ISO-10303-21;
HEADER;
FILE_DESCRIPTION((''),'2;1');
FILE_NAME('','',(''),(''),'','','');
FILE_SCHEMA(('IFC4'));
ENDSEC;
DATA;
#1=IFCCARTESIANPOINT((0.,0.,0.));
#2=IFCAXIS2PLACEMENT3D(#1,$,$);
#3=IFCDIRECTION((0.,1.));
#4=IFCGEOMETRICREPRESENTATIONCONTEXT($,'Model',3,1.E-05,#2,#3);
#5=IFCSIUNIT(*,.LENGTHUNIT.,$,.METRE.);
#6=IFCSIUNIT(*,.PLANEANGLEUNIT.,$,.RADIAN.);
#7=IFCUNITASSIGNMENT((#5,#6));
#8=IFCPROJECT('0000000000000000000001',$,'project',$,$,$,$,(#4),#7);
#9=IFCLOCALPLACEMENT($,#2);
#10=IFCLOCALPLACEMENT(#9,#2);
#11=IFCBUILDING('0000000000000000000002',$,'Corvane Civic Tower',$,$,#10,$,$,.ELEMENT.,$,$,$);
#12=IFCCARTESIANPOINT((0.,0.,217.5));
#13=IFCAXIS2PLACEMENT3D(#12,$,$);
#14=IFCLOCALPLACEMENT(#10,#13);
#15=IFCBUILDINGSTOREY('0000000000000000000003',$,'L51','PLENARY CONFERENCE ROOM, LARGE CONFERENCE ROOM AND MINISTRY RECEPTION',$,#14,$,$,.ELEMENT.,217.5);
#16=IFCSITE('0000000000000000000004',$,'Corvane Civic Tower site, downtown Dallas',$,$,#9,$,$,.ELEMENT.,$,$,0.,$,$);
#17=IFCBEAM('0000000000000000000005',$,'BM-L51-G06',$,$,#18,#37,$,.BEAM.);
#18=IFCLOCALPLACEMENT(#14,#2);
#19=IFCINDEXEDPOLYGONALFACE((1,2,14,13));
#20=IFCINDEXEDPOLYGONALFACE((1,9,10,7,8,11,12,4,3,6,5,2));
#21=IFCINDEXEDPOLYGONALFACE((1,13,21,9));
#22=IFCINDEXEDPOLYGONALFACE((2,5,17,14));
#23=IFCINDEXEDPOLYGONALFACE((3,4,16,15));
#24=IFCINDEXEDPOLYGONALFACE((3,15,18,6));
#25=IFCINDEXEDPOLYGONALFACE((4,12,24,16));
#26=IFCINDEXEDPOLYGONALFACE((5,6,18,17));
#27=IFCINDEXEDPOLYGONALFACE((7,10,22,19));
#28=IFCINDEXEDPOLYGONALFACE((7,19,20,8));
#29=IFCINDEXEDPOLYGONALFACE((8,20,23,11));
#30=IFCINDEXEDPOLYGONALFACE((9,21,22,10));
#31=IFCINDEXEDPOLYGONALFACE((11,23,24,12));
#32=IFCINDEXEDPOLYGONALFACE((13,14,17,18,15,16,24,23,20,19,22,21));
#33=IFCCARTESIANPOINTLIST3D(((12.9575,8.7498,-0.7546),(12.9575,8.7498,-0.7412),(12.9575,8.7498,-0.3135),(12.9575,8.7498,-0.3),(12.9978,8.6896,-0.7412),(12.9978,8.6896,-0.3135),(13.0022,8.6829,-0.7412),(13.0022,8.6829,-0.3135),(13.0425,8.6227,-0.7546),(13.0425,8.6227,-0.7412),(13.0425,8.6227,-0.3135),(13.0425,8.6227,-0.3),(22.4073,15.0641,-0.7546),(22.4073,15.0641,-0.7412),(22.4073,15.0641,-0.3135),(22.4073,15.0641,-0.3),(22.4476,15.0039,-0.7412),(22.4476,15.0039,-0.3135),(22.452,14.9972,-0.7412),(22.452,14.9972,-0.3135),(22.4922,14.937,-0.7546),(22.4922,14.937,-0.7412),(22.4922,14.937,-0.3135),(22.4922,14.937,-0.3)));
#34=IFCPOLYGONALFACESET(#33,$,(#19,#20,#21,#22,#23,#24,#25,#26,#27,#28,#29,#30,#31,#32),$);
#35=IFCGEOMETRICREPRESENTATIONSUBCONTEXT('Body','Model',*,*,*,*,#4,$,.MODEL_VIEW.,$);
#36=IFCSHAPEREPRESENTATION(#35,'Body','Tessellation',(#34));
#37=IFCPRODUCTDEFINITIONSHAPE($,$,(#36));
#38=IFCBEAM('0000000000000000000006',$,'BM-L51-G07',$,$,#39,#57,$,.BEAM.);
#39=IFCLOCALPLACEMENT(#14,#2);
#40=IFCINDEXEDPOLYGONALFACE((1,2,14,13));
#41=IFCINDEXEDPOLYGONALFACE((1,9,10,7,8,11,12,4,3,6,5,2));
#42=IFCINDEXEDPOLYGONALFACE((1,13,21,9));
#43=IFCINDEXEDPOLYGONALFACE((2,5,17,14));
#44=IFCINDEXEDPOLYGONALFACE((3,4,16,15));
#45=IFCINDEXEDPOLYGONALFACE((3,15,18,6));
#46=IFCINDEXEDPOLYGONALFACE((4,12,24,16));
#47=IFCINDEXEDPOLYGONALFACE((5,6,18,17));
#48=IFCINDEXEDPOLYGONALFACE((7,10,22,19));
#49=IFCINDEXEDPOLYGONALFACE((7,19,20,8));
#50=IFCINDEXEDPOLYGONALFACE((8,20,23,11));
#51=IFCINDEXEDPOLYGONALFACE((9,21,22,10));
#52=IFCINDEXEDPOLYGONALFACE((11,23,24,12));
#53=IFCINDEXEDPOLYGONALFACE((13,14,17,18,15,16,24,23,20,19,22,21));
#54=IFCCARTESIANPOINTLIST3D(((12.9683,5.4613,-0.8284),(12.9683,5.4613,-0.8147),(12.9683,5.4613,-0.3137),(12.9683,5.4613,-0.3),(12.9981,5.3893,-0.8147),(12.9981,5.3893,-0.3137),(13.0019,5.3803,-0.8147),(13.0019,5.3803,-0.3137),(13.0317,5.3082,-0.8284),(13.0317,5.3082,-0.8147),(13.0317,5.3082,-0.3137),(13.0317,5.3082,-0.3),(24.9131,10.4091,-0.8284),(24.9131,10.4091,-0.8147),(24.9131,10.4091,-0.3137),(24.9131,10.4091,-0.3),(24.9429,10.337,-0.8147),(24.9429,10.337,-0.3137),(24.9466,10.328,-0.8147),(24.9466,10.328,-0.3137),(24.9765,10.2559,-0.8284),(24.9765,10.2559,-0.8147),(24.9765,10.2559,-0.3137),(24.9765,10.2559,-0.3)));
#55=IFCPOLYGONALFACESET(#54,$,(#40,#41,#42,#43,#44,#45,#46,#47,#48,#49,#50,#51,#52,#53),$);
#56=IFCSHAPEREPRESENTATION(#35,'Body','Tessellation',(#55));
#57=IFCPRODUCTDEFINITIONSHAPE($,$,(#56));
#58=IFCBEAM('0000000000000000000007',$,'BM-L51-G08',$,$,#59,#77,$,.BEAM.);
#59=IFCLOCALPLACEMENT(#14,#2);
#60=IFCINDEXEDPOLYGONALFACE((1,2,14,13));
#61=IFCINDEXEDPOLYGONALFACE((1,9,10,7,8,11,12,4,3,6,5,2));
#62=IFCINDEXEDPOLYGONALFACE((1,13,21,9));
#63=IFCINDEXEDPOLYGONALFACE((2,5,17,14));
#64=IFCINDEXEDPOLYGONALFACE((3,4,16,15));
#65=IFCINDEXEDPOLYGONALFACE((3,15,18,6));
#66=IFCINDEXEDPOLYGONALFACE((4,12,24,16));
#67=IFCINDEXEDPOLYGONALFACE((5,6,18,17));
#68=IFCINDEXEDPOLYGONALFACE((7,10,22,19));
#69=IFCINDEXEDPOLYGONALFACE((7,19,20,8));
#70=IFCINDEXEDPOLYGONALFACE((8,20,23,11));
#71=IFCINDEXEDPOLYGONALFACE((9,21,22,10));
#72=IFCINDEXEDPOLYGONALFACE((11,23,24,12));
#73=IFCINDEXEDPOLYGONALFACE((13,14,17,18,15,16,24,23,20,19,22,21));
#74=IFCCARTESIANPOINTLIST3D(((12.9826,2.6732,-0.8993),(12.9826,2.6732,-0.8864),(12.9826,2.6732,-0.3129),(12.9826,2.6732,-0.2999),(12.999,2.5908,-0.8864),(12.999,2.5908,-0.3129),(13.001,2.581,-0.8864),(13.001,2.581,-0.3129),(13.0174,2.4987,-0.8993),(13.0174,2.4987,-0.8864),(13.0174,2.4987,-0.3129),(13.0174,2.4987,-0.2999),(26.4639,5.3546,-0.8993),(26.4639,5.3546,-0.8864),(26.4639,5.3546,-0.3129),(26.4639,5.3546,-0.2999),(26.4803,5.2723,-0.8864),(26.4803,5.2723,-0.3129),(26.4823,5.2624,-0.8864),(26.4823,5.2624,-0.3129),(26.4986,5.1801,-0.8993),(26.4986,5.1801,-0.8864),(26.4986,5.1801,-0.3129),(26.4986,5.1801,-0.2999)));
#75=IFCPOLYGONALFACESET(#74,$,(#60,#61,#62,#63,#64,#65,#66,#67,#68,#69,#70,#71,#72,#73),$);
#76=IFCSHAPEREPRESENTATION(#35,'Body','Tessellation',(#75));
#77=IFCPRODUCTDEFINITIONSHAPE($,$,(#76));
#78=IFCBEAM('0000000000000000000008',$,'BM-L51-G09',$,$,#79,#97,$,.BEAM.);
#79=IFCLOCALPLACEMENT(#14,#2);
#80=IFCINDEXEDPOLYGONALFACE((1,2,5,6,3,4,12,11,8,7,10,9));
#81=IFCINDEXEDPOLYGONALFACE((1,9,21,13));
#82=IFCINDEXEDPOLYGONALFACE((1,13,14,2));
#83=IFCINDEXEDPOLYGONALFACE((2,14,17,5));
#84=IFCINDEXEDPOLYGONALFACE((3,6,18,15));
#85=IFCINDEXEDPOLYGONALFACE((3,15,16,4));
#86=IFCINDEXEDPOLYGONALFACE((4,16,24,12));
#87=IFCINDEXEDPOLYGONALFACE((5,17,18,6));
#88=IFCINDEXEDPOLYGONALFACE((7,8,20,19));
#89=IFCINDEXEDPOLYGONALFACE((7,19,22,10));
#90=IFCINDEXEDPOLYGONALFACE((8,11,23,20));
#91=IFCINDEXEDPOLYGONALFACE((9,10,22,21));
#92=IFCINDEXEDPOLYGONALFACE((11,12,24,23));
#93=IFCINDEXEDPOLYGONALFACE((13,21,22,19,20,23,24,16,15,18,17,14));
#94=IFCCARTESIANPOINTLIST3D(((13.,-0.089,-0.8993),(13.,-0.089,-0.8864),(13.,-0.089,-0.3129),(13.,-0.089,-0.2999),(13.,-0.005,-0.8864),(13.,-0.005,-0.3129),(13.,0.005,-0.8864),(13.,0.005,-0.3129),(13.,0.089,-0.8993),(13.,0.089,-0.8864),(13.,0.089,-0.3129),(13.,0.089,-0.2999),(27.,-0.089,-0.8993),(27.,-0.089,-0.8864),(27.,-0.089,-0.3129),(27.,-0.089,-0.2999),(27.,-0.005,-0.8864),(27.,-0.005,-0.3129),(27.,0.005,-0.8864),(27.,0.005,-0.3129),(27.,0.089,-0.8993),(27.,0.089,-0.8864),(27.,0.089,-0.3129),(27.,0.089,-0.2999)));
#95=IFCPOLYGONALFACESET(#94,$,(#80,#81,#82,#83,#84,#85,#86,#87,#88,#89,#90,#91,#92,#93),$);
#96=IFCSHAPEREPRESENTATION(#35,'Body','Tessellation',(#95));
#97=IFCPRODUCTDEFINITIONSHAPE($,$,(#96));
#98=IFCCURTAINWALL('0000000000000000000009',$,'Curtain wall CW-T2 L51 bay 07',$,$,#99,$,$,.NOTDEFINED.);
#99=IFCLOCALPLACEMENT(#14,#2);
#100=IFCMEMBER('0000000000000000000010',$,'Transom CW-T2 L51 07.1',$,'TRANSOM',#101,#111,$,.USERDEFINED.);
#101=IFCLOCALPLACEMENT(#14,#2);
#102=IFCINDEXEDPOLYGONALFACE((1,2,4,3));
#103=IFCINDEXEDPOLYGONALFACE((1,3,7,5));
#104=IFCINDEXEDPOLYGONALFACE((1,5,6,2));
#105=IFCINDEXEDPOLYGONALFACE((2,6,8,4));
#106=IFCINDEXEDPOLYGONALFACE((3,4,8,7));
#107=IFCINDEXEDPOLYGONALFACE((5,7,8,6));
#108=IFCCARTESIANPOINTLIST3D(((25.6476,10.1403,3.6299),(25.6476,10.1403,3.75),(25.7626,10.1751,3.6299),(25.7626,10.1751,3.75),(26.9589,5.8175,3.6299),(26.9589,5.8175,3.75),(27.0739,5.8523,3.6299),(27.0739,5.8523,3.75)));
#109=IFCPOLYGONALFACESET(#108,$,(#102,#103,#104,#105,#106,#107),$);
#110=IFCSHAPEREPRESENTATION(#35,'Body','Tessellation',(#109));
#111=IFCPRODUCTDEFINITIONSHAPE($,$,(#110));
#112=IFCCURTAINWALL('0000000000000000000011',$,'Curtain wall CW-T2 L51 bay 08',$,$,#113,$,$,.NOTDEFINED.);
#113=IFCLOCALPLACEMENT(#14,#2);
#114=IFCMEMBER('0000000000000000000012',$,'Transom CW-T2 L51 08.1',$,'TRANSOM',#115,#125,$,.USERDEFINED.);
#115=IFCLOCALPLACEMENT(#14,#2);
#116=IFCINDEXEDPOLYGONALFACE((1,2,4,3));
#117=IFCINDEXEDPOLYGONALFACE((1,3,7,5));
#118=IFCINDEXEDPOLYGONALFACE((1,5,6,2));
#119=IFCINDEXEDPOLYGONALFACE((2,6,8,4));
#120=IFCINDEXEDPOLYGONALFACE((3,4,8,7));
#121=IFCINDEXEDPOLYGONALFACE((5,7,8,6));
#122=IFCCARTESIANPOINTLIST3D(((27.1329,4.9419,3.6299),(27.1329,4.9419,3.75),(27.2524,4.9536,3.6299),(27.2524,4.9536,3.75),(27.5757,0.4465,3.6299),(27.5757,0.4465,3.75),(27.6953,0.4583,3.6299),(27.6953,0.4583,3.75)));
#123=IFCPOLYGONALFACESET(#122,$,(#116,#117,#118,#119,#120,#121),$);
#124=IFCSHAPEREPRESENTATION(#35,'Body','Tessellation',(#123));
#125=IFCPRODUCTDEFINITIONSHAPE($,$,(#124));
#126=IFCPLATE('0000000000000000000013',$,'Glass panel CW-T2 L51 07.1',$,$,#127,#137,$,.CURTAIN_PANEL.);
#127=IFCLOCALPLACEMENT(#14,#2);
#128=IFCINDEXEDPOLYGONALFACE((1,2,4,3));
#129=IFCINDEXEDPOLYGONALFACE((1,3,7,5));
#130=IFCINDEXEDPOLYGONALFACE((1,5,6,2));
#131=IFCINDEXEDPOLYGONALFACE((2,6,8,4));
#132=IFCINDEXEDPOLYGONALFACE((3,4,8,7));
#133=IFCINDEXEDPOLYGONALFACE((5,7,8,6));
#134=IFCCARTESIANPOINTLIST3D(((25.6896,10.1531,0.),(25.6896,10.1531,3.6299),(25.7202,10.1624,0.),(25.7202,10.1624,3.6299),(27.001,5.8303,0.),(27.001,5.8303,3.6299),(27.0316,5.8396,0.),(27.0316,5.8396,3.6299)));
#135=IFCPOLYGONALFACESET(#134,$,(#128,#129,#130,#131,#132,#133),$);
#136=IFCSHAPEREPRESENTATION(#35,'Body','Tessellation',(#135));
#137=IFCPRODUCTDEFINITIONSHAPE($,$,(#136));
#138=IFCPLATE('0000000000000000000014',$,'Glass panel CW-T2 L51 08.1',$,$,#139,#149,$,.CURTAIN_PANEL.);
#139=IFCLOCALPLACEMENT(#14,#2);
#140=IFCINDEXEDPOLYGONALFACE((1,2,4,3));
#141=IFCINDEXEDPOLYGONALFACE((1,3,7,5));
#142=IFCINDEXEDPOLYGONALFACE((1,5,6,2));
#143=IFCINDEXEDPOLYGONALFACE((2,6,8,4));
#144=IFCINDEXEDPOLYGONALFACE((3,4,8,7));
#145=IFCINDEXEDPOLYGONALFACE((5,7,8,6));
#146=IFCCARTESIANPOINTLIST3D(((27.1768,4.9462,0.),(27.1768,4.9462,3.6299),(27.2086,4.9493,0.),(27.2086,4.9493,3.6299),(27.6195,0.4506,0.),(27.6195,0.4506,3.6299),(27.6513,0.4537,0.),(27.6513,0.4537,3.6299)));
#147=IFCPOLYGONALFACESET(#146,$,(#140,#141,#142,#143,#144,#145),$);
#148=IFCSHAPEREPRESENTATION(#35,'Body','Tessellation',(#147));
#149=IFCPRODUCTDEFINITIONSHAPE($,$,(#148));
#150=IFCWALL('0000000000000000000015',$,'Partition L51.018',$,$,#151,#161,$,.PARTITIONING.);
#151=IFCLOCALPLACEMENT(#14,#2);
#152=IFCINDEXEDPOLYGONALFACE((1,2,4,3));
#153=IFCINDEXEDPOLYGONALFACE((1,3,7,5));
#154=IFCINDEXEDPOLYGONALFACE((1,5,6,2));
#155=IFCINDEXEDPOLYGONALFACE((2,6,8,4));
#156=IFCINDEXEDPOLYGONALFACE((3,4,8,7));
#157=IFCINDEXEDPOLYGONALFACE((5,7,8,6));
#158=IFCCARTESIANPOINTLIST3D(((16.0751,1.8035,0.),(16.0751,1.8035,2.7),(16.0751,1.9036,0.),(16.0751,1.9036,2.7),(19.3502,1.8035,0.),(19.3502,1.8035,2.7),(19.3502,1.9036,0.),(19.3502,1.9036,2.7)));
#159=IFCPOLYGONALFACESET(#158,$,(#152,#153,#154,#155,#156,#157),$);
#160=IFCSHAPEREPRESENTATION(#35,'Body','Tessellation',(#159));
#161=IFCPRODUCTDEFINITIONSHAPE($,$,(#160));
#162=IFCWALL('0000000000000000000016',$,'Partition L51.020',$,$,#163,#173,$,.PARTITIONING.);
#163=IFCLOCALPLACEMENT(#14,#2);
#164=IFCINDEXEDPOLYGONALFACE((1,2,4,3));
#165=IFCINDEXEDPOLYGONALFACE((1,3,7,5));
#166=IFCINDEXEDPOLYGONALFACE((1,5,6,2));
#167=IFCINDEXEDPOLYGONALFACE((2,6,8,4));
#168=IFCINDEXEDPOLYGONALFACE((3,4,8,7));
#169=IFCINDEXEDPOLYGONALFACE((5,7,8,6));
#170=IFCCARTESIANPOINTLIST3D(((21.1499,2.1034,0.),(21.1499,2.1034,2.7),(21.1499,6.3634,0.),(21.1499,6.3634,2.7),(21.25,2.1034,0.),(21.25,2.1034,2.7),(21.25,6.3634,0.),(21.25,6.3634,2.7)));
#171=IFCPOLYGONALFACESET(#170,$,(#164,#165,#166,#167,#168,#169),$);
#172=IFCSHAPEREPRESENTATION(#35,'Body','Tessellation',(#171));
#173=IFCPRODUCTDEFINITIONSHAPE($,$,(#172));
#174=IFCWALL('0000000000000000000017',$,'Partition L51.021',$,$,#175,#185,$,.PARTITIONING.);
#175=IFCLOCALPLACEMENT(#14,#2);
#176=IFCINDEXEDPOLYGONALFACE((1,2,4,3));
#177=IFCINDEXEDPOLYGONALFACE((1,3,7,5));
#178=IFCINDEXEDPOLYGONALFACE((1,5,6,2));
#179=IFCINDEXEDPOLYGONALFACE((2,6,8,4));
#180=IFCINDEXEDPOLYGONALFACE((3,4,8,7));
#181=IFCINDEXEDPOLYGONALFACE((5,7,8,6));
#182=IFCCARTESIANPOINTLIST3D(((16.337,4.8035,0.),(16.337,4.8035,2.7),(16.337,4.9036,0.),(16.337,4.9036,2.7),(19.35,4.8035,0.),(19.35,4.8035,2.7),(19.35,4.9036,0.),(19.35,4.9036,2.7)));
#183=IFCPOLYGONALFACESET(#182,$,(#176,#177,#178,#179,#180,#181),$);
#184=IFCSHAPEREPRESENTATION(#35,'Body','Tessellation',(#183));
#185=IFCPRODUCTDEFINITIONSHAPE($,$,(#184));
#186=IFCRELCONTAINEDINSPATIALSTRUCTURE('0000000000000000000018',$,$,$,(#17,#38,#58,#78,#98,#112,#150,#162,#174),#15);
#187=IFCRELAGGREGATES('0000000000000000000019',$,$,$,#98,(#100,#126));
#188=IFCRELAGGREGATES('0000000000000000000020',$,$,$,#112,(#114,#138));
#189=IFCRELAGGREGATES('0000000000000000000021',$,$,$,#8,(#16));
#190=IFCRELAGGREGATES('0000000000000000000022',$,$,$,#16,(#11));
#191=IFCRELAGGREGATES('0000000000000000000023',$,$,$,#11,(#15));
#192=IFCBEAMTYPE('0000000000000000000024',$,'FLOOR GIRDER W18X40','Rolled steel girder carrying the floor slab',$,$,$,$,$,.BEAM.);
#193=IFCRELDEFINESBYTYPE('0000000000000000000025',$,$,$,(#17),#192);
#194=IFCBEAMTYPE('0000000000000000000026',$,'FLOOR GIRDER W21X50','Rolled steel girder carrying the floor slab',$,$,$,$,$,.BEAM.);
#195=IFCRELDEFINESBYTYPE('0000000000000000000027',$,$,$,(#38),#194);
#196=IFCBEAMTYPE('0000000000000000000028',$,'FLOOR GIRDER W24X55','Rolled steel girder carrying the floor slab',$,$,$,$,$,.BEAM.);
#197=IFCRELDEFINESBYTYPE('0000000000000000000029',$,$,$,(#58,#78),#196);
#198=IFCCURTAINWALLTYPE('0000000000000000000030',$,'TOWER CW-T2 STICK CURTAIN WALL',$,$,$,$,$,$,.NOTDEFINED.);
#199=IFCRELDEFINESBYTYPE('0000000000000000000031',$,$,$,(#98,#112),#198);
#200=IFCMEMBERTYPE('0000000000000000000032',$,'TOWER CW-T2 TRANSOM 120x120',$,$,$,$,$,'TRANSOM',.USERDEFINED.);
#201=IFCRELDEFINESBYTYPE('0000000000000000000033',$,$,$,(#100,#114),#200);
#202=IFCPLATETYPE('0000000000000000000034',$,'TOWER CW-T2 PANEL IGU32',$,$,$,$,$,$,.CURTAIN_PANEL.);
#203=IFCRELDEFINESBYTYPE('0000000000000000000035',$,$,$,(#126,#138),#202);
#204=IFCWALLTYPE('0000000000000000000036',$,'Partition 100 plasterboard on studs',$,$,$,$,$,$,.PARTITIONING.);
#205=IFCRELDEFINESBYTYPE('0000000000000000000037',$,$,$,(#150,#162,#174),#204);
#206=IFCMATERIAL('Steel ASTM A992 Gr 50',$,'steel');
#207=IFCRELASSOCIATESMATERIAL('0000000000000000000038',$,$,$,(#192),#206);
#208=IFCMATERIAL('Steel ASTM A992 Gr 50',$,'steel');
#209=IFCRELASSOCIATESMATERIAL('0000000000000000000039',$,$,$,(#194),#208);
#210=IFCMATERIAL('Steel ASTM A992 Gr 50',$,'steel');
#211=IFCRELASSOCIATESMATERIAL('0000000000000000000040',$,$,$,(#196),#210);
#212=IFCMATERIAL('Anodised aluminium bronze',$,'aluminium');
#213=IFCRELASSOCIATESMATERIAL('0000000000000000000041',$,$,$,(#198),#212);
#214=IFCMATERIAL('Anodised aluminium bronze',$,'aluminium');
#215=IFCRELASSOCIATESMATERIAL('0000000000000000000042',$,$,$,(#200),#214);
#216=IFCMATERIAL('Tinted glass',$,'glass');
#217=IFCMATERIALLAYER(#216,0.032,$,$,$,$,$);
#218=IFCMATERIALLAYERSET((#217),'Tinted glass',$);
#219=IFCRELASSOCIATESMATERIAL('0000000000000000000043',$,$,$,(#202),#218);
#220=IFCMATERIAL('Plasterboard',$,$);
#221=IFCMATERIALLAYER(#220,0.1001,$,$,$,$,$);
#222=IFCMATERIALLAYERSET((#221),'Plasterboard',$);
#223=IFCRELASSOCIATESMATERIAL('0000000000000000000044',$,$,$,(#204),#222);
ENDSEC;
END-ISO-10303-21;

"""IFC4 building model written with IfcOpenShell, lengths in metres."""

from ifc_helpers import new_model, si_unit, direction, frame, frame_2d, origin, origin_2d, place, context, subcontext, project, spatial, rectangle, i_section, extrude, material, layer, layer_set, material_profile, profile_set, type_object, element, aggregate, save


model = new_model("IFC4")

# Units and contexts
model_context = context("Model", 3, precision=1e-05, world=origin(), true_north=direction((0.0, 1.0)))
body_context = subcontext(model_context, "Body", "Model", "MODEL_VIEW")
ifc_project = project(units=[si_unit("LENGTHUNIT", "METRE"), si_unit("PLANEANGLEUNIT", "RADIAN")], contexts=[model_context])

# Site, building, storey
site_placement = place(None, origin())
site = spatial("IfcSite", under=ifc_project, at=site_placement, Name="Corvane Civic Tower site, downtown Dallas", CompositionType="ELEMENT", RefElevation=0.0)
building_placement = place(site_placement, origin())
building = spatial("IfcBuilding", under=site, at=building_placement, Name="Corvane Civic Tower", CompositionType="ELEMENT")
storey_placement = place(building_placement, frame((0.0, 0.0, 217.5)))
storey = spatial("IfcBuildingStorey", under=building, at=storey_placement, Name="L51", Description="PLENARY CONFERENCE ROOM, LARGE CONFERENCE ROOM AND MINISTRY RECEPTION", CompositionType="ELEMENT", Elevation=217.5)

# Beams
ifc_material_1 = material(Name="Steel ASTM A992 Gr 50", Category="steel")
ifc_material_profile_1 = material_profile(ifc_material_1, i_section(OverallWidth=0.1528, OverallDepth=0.4546, WebThickness=0.0081, FlangeThickness=0.0134, at=origin_2d()), Name="W18X40")
ifc_profile_set_1 = profile_set([ifc_material_profile_1], Name="Steel ASTM A992 Gr 50")
beam_type_1 = type_object("IfcBeamType", Name="FLOOR GIRDER W18X40", Description="Rolled steel girder carrying the floor slab", PredefinedType="BEAM", material=ifc_profile_set_1)
beam_1_placement = place(storey_placement, frame((13.0, 8.6863, -0.5273), z_axis=(0.831465, 0.555577, 0.0), x_axis=(-0.555577, 0.831465, 0.0)))
element("IfcBeam", 1, at=beam_1_placement, inside=storey, type_object=beam_type_1, Name="BM-L51-G06", PredefinedType="BEAM", context=body_context, shape_type="SweptSolid", body=[
    extrude(i_section(OverallWidth=0.1528, OverallDepth=0.4546, WebThickness=0.0081, FlangeThickness=0.0134, at=origin_2d()), origin(), (0.0, 0.0, 1.0), 11.3652),
])
ifc_material_2 = material(Name="Steel ASTM A992 Gr 50", Category="steel")
ifc_material_profile_2 = material_profile(ifc_material_2, i_section(OverallWidth=0.1658, OverallDepth=0.5283, WebThickness=0.0098, FlangeThickness=0.0137, at=origin_2d()), Name="W21X50")
ifc_profile_set_2 = profile_set([ifc_material_profile_2], Name="Steel ASTM A992 Gr 50")
beam_type_2 = type_object("IfcBeamType", Name="FLOOR GIRDER W21X50", Description="Rolled steel girder carrying the floor slab", PredefinedType="BEAM", material=ifc_profile_set_2)
beam_2_placement = place(storey_placement, frame((13.0, 5.3848, -0.5642), z_axis=(0.923878, 0.382686, 0.0), x_axis=(-0.382686, 0.923878, 0.0)))
element("IfcBeam", 2, at=beam_2_placement, inside=storey, type_object=beam_type_2, Name="BM-L51-G07", PredefinedType="BEAM", context=body_context, shape_type="SweptSolid", body=[
    extrude(i_section(OverallWidth=0.1658, OverallDepth=0.5283, WebThickness=0.0098, FlangeThickness=0.0137, at=origin_2d()), origin(), (0.0, 0.0, 1.0), 12.929),
])
ifc_material_3 = material(Name="Steel ASTM A992 Gr 50", Category="steel")
ifc_material_profile_3 = material_profile(ifc_material_3, i_section(OverallWidth=0.178, OverallDepth=0.5994, WebThickness=0.01, FlangeThickness=0.0129, at=origin_2d()), Name="W24X55")
ifc_profile_set_3 = profile_set([ifc_material_profile_3], Name="Steel ASTM A992 Gr 50")
beam_type_3 = type_object("IfcBeamType", Name="FLOOR GIRDER W24X55", Description="Rolled steel girder carrying the floor slab", PredefinedType="BEAM", material=ifc_profile_set_3)
beam_3_placement = place(storey_placement, frame((13.0, 2.5859, -0.5996), z_axis=(0.980788, 0.195078, 0.0), x_axis=(-0.195078, 0.980788, 0.0)))
element("IfcBeam", 3, at=beam_3_placement, inside=storey, type_object=beam_type_3, Name="BM-L51-G08", PredefinedType="BEAM", context=body_context, shape_type="SweptSolid", body=[
    extrude(i_section(OverallWidth=0.178, OverallDepth=0.5994, WebThickness=0.01, FlangeThickness=0.0129, at=origin_2d()), origin(), (0.0, 0.0, 1.0), 13.7454),
])
beam_4_placement = place(storey_placement, frame((13.0, 0.0, -0.5996), z_axis=(1.0, 0.0, 0.0), x_axis=(0.0, 1.0, 0.0)))
element("IfcBeam", 4, at=beam_4_placement, inside=storey, type_object=beam_type_3, Name="BM-L51-G09", PredefinedType="BEAM", context=body_context, shape_type="SweptSolid", body=[
    extrude(i_section(OverallWidth=0.178, OverallDepth=0.5994, WebThickness=0.01, FlangeThickness=0.0129, at=origin_2d()), origin(), (0.0, 0.0, 1.0), 14.0),
])

# Curtain walls, members
ifc_material_4 = material(Name="Anodised aluminium bronze", Category="aluminium")
curtain_wall_type = type_object("IfcCurtainWallType", Name="TOWER CW-T2 STICK CURTAIN WALL", PredefinedType="NOTDEFINED", material=ifc_material_4)
curtain_wall_1_placement = place(storey_placement, origin())
curtain_wall_1 = element("IfcCurtainWall", 5, at=curtain_wall_1_placement, inside=storey, type_object=curtain_wall_type, Name="Curtain wall CW-T2 L51 bay 07", PredefinedType="NOTDEFINED")
ifc_material_5 = material(Name="Anodised aluminium bronze", Category="aluminium")
ifc_material_profile_4 = material_profile(ifc_material_5, rectangle(XDim=0.1201, YDim=0.1201, at=origin_2d()), Name="TOWER CW-T2 TRANSOM 120x120")
ifc_profile_set_4 = profile_set([ifc_material_profile_4], Name="Anodised aluminium bronze")
member_type = type_object("IfcMemberType", Name="TOWER CW-T2 TRANSOM 120x120", ElementType="TRANSOM", PredefinedType="USERDEFINED", material=ifc_profile_set_4)
member_1_placement = place(storey_placement, frame((25.7051, 10.1577, 3.6899), z_axis=(0.290282, -0.956941, 0.0), x_axis=(0.956941, 0.290282, 0.0)))
member_1 = element("IfcMember", 6, at=member_1_placement, type_object=member_type, Name="Transom CW-T2 L51 07.1", ObjectType="TRANSOM", PredefinedType="USERDEFINED", context=body_context, shape_type="SweptSolid", body=[
    extrude(rectangle(XDim=0.1201, YDim=0.1201, at=origin_2d()), origin(), (0.0, 0.0, 1.0), 4.5173),
])
curtain_wall_2_placement = place(storey_placement, origin())
curtain_wall_2 = element("IfcCurtainWall", 7, at=curtain_wall_2_placement, inside=storey, type_object=curtain_wall_type, Name="Curtain wall CW-T2 L51 bay 08", PredefinedType="NOTDEFINED")
member_2_placement = place(storey_placement, frame((27.1926, 4.9478, 3.6899), z_axis=(0.098043, -0.995182, 0.0), x_axis=(0.995182, 0.098043, 0.0)))
member_2 = element("IfcMember", 8, at=member_2_placement, type_object=member_type, Name="Transom CW-T2 L51 08.1", ObjectType="TRANSOM", PredefinedType="USERDEFINED", context=body_context, shape_type="SweptSolid", body=[
    extrude(rectangle(XDim=0.1201, YDim=0.1201, at=origin_2d()), origin(), (0.0, 0.0, 1.0), 4.5171),
])

# Plates
ifc_material_6 = material(Name="Tinted glass", Category="glass")
ifc_layer_1 = layer(ifc_material_6, 0.032)
ifc_layer_set_1 = layer_set([ifc_layer_1], Name="Tinted glass")
plate_type = type_object("IfcPlateType", Name="TOWER CW-T2 PANEL IGU32", PredefinedType="CURTAIN_PANEL", material=ifc_layer_set_1)
plate_1_placement = place(storey_placement, frame((26.3606, 7.9963, 0.0), z_axis=(0.0, 0.0, 1.0), x_axis=(0.29029, -0.956939, 0.0)))
plate_1 = element("IfcPlate", 9, at=plate_1_placement, type_object=plate_type, Name="Glass panel CW-T2 L51 07.1", PredefinedType="CURTAIN_PANEL", context=body_context, shape_type="SweptSolid", body=[
    extrude(rectangle(XDim=4.5173, YDim=0.032, at=origin_2d()), origin(), (0.0, 0.0, 1.0), 3.6299),
])
aggregate(curtain_wall_1, [member_1, plate_1])
plate_2_placement = place(storey_placement, frame((27.4141, 2.7, 0.0), z_axis=(0.0, 0.0, 1.0), x_axis=(0.097993, -0.995187, 0.0)))
plate_2 = element("IfcPlate", 10, at=plate_2_placement, type_object=plate_type, Name="Glass panel CW-T2 L51 08.1", PredefinedType="CURTAIN_PANEL", context=body_context, shape_type="SweptSolid", body=[
    extrude(rectangle(XDim=4.5173, YDim=0.032, at=origin_2d()), origin(), (0.0, 0.0, 1.0), 3.6299),
])
aggregate(curtain_wall_2, [member_2, plate_2])

# Walls
ifc_material_7 = material(Name="Plasterboard")
ifc_layer_2 = layer(ifc_material_7, 0.1001)
ifc_layer_set_2 = layer_set([ifc_layer_2], Name="Plasterboard")
wall_type = type_object("IfcWallType", Name="Partition 100 plasterboard on studs", PredefinedType="PARTITIONING", material=ifc_layer_set_2)
wall_1_placement = place(storey_placement, frame((16.075, 1.8535, 0.0), z_axis=(0.0, 0.0, 1.0), x_axis=(1.0, 0.0, 0.0)))
element("IfcWall", 11, at=wall_1_placement, inside=storey, type_object=wall_type, Name="Partition L51.018", PredefinedType="PARTITIONING", context=body_context, shape_type="SweptSolid", body=[
    extrude(rectangle(XDim=3.2751, YDim=0.1001, at=frame_2d((1.6377, 0.0))), origin(), (0.0, 0.0, 1.0), 2.7),
])
wall_2_placement = place(storey_placement, frame((21.2, 2.1035, 0.0), z_axis=(0.0, 0.0, 1.0), x_axis=(0.0, 1.0, 0.0)))
element("IfcWall", 12, at=wall_2_placement, inside=storey, type_object=wall_type, Name="Partition L51.020", PredefinedType="PARTITIONING", context=body_context, shape_type="SweptSolid", body=[
    extrude(rectangle(XDim=4.26, YDim=0.1001, at=frame_2d((2.1299, 0.0))), origin(), (0.0, 0.0, 1.0), 2.7),
])
wall_3_placement = place(storey_placement, frame((16.3372, 4.8535, 0.0), z_axis=(0.0, 0.0, 1.0), x_axis=(1.0, 0.0, 0.0)))
element("IfcWall", 13, at=wall_3_placement, inside=storey, type_object=wall_type, Name="Partition L51.021", PredefinedType="PARTITIONING", context=body_context, shape_type="SweptSolid", body=[
    extrude(rectangle(XDim=3.0129, YDim=0.1001, at=frame_2d((1.5063, 0.0))), origin(), (0.0, 0.0, 1.0), 2.7),
])

save(model, "model.ifc")
